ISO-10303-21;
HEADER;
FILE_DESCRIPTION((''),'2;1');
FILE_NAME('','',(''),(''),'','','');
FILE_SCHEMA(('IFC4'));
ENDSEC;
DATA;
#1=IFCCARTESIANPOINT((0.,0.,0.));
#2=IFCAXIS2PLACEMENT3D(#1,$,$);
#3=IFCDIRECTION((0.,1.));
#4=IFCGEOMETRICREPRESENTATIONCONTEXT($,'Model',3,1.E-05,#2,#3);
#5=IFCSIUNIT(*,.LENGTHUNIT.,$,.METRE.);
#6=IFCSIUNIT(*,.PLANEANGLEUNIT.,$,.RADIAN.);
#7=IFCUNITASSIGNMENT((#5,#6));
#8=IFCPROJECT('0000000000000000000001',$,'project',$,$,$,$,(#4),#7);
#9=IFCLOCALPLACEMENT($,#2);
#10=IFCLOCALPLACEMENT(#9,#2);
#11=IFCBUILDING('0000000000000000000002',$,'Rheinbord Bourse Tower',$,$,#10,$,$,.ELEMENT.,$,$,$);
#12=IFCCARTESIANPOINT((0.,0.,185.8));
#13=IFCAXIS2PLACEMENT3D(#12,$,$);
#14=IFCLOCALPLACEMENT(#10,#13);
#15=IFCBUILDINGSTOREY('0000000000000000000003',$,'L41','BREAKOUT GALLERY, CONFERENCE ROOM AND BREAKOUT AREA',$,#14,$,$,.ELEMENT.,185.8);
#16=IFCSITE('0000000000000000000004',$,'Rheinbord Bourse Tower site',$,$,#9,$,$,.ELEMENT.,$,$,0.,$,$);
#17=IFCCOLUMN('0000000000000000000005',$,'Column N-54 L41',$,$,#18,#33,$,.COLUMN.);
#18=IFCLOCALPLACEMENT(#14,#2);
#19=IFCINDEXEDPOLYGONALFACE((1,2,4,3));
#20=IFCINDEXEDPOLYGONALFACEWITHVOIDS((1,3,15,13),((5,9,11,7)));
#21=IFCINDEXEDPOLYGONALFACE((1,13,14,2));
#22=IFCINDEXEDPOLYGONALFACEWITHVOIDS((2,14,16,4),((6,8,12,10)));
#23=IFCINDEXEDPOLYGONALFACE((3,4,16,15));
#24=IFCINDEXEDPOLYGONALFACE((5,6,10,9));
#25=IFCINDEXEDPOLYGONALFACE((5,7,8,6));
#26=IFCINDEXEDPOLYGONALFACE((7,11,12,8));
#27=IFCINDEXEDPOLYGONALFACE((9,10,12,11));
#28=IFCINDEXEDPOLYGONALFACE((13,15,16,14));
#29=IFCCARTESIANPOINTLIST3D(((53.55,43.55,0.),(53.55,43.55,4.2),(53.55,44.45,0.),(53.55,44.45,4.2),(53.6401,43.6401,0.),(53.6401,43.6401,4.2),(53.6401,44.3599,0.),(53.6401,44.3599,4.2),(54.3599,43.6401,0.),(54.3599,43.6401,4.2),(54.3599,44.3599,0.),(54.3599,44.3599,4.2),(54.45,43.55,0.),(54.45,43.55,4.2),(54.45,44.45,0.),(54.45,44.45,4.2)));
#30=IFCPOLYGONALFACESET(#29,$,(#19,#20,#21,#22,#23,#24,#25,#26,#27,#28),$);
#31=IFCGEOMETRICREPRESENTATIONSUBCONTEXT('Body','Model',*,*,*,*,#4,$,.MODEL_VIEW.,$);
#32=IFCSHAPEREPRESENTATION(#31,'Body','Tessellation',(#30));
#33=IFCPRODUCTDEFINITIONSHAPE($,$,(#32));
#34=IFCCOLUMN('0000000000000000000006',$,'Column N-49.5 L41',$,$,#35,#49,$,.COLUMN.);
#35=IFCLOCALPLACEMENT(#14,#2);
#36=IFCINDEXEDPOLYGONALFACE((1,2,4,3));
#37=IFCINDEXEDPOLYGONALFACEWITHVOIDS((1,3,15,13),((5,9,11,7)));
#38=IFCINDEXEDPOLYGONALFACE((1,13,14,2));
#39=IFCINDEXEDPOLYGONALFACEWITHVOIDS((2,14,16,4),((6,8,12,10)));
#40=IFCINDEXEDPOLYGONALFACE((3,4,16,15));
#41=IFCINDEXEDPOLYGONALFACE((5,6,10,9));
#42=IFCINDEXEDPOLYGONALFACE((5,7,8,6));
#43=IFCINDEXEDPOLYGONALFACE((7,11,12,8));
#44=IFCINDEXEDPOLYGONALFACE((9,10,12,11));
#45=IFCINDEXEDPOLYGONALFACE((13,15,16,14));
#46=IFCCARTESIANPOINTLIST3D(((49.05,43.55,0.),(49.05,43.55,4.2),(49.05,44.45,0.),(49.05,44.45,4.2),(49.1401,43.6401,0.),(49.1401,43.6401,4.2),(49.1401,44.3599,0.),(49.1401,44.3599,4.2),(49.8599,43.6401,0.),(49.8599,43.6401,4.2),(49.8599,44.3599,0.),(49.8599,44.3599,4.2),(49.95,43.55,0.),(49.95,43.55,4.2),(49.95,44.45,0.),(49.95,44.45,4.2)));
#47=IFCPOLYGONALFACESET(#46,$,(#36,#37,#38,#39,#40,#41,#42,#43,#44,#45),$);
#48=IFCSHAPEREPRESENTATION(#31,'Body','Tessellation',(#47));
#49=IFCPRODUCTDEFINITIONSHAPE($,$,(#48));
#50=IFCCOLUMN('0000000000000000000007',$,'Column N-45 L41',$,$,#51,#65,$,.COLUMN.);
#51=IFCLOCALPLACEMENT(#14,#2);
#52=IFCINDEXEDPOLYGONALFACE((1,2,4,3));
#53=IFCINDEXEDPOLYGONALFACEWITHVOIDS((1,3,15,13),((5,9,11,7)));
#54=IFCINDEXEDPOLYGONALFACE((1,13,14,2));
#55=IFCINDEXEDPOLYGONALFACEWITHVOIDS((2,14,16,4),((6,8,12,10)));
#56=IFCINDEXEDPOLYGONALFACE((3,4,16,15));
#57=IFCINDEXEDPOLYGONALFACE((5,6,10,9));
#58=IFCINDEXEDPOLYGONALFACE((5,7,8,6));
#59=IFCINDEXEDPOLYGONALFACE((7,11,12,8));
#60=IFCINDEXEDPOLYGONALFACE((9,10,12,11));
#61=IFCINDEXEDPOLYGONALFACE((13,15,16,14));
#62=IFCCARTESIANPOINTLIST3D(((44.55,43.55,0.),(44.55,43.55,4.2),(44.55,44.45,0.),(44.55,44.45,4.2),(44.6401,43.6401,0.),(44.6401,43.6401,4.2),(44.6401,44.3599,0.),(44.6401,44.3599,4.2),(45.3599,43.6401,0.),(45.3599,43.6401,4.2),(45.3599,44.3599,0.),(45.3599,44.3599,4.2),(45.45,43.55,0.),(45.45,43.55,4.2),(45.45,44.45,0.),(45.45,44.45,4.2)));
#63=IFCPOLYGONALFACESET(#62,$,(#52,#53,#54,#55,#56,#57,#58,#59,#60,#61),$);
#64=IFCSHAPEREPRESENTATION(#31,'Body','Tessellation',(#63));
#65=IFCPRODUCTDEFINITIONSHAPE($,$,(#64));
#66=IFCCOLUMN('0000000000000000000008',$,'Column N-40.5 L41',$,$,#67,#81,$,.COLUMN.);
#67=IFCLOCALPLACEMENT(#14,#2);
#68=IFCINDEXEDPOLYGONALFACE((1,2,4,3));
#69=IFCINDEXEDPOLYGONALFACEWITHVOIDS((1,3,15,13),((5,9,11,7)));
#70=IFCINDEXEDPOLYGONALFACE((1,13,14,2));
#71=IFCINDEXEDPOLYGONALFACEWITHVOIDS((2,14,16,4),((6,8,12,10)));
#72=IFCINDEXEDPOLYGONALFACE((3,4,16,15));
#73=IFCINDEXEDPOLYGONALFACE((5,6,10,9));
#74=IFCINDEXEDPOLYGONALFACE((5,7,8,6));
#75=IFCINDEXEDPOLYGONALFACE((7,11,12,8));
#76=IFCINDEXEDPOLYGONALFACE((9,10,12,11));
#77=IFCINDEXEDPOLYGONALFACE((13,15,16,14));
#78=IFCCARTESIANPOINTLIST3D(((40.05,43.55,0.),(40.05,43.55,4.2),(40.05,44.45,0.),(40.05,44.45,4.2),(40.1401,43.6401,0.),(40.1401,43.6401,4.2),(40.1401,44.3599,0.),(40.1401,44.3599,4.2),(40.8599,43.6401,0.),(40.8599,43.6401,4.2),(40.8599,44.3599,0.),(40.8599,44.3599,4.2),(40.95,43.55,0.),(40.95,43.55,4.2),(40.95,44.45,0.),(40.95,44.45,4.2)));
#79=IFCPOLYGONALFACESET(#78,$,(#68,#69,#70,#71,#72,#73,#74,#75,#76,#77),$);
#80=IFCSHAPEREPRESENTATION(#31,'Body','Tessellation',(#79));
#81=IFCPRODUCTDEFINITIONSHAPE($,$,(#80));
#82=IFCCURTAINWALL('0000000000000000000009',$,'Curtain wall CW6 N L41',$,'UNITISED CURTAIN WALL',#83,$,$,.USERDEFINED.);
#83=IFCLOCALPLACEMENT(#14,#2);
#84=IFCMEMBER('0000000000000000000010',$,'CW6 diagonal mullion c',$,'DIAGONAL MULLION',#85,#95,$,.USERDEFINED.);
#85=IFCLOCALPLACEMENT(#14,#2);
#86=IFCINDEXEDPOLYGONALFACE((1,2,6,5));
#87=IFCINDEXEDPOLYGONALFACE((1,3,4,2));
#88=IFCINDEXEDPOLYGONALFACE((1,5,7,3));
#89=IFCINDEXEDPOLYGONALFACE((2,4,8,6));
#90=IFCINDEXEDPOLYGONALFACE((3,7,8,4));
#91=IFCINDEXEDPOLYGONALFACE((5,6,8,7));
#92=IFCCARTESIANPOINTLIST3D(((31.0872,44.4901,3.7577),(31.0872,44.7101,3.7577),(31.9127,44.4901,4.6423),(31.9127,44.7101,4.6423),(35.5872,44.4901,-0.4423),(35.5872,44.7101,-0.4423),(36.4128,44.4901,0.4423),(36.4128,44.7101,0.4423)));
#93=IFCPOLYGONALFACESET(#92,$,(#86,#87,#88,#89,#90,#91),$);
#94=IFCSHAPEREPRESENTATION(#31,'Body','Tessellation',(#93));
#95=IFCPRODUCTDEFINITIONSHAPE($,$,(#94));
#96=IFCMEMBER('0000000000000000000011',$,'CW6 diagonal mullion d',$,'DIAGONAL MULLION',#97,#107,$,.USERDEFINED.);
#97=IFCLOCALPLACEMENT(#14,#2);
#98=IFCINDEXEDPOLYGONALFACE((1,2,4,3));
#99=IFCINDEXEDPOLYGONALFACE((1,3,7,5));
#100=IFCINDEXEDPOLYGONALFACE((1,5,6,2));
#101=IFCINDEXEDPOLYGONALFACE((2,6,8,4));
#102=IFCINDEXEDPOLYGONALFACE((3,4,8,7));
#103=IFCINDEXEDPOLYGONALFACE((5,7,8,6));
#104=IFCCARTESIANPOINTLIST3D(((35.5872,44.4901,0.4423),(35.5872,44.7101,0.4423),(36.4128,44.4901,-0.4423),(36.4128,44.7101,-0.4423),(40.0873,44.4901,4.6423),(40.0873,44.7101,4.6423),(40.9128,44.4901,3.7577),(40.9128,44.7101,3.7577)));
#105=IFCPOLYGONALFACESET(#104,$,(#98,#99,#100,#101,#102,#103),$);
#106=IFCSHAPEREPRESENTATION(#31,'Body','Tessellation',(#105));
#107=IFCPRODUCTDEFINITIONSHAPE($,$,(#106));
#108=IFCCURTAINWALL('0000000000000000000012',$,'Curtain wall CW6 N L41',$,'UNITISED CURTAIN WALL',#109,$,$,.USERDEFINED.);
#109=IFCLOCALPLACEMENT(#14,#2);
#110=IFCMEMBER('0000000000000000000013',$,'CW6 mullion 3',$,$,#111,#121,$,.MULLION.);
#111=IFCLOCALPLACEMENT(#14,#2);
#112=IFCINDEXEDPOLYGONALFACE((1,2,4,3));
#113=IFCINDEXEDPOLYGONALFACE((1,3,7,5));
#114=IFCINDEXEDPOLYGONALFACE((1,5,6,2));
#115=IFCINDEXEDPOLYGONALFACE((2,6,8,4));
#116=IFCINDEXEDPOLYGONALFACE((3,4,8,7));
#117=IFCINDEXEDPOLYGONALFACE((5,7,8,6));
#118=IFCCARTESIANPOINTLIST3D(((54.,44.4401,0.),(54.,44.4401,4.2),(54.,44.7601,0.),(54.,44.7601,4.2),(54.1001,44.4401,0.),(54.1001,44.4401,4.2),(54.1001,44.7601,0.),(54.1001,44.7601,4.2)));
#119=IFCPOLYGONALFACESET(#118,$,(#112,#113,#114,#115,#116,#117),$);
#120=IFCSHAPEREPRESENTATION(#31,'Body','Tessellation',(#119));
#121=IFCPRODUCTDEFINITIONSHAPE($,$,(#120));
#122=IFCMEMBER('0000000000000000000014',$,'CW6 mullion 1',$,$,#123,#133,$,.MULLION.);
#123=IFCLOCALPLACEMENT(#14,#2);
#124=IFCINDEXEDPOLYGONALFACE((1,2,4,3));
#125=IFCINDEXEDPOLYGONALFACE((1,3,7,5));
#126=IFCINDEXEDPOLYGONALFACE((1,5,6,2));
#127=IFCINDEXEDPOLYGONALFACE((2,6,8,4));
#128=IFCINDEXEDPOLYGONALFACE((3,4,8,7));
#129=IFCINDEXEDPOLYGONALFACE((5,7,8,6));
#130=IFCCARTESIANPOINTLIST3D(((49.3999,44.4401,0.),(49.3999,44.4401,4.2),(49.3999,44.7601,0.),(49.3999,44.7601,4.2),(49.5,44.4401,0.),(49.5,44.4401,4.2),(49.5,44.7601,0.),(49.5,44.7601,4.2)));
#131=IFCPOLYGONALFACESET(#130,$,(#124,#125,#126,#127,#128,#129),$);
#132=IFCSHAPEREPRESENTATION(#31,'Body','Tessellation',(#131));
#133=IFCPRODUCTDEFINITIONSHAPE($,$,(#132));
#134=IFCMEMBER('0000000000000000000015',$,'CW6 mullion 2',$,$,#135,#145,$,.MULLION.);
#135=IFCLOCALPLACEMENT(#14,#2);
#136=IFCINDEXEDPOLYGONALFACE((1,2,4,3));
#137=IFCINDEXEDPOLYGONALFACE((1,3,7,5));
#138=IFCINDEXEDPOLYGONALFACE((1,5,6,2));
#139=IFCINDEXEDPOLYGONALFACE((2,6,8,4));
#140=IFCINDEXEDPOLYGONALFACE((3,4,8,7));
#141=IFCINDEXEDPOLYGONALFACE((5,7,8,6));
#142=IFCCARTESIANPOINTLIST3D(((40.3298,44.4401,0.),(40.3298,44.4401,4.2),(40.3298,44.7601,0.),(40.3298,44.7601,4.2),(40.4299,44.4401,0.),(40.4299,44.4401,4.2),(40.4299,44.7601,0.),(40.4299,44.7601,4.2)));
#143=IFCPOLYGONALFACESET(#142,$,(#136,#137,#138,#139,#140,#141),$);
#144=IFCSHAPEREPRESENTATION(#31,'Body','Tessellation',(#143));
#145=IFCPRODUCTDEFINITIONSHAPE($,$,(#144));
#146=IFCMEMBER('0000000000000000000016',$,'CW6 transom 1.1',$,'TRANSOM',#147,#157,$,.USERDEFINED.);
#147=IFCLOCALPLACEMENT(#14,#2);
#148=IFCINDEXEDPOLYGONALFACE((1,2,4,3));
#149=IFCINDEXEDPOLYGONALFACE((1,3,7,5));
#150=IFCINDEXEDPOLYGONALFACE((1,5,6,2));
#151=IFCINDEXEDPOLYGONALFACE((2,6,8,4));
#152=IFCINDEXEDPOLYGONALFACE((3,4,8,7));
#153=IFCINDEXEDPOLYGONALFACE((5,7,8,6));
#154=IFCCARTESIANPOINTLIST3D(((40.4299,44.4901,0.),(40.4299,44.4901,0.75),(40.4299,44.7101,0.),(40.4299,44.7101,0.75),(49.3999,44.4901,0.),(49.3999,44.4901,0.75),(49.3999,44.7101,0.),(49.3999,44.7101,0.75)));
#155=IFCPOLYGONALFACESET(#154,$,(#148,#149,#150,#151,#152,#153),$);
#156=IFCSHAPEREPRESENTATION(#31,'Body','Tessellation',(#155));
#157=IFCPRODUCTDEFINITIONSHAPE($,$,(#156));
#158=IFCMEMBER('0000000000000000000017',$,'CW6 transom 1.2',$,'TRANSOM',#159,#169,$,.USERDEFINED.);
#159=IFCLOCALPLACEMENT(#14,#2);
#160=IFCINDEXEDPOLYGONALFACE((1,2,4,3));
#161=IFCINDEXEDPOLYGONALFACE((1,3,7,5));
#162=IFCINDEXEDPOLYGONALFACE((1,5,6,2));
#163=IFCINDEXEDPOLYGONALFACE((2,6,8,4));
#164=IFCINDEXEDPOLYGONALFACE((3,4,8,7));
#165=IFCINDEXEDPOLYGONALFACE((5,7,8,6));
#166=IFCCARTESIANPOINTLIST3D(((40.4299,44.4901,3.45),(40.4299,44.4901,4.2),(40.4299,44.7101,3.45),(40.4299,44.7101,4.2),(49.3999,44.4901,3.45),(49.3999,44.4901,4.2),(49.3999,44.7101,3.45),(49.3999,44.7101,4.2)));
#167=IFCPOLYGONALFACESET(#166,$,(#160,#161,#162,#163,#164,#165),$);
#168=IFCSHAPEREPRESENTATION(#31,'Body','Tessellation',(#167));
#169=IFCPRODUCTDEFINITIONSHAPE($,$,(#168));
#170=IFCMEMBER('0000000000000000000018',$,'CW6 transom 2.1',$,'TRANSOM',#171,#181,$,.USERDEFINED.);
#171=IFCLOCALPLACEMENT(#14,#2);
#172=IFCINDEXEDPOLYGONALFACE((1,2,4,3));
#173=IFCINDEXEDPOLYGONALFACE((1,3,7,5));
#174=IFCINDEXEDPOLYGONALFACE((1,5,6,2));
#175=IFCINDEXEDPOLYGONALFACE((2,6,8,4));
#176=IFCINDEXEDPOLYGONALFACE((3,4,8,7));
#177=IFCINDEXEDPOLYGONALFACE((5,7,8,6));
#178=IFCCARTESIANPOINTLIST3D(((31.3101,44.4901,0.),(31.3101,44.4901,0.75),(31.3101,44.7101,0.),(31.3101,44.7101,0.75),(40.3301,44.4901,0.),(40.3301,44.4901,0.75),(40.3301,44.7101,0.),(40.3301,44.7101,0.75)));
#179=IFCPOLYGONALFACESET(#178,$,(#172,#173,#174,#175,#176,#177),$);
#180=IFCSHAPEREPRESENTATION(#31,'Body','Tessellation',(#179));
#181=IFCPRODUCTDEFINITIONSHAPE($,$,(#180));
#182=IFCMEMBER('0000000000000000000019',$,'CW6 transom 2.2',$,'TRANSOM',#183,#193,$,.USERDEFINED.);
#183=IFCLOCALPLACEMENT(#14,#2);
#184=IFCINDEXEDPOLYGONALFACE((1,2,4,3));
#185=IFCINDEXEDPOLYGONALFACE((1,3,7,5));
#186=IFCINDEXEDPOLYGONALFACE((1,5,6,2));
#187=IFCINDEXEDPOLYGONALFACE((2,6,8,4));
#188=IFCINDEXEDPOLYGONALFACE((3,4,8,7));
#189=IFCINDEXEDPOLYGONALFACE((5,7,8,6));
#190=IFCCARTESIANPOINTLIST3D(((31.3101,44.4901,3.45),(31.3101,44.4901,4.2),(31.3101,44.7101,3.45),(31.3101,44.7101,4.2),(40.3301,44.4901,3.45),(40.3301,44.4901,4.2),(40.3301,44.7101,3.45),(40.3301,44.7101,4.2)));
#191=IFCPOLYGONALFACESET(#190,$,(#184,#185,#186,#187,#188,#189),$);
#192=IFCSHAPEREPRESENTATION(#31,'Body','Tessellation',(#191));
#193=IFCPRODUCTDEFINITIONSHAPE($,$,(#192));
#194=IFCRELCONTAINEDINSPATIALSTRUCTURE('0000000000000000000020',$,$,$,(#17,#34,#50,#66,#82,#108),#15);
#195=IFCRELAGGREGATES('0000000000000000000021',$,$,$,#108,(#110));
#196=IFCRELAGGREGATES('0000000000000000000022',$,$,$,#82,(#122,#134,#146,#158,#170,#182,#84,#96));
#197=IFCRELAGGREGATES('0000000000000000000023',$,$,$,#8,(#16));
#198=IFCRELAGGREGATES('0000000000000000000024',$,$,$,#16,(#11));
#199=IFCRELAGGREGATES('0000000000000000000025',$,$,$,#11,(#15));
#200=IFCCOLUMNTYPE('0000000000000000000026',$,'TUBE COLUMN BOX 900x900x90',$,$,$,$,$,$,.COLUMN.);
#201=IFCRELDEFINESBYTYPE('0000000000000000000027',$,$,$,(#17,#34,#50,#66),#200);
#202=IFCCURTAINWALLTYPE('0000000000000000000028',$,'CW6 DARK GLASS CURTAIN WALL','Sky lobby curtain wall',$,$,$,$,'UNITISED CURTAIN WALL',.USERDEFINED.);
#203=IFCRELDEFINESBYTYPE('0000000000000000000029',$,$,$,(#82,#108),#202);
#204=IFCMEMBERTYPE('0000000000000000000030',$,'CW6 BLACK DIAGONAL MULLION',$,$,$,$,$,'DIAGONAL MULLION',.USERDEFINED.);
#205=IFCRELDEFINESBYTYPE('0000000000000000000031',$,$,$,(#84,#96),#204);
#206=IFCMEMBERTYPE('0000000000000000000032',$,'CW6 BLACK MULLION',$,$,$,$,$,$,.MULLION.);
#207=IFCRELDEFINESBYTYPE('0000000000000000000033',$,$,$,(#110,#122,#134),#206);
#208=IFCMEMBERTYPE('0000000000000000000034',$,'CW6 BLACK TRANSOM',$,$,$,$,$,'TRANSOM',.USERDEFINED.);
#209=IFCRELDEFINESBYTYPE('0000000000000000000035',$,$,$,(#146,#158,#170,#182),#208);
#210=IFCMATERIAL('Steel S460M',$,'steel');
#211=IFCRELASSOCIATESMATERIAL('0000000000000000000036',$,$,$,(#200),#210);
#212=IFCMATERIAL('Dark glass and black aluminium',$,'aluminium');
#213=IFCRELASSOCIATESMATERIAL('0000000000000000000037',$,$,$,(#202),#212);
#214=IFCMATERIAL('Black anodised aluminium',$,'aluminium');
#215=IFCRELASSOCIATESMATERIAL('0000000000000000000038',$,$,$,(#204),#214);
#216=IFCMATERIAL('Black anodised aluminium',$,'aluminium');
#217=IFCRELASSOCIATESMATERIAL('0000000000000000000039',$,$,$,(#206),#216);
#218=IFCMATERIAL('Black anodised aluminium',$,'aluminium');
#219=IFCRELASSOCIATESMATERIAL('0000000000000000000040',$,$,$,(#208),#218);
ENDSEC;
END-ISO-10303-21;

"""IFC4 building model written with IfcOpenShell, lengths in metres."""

from ifc_helpers import new_model, si_unit, direction, frame, origin, origin_2d, place, context, subcontext, project, spatial, rectangle, hollow_rectangle, extrude, material, material_profile, profile_set, type_object, element, aggregate, save


model = new_model("IFC4")

# Units and contexts
model_context = context("Model", 3, precision=1e-05, world=origin(), true_north=direction((0.0, 1.0)))
body_context = subcontext(model_context, "Body", "Model", "MODEL_VIEW")
ifc_project = project(units=[si_unit("LENGTHUNIT", "METRE"), si_unit("PLANEANGLEUNIT", "RADIAN")], contexts=[model_context])

# Site, building, storey
site_placement = place(None, origin())
site = spatial("IfcSite", under=ifc_project, at=site_placement, Name="Rheinbord Bourse Tower site", CompositionType="ELEMENT", RefElevation=0.0)
building_placement = place(site_placement, origin())
building = spatial("IfcBuilding", under=site, at=building_placement, Name="Rheinbord Bourse Tower", CompositionType="ELEMENT")
storey_placement = place(building_placement, frame((0.0, 0.0, 185.8)))
storey = spatial("IfcBuildingStorey", under=building, at=storey_placement, Name="L41", Description="BREAKOUT GALLERY, CONFERENCE ROOM AND BREAKOUT AREA", CompositionType="ELEMENT", Elevation=185.8)

# Columns
ifc_material_1 = material(Name="Steel S460M", Category="steel")
ifc_material_profile_1 = material_profile(ifc_material_1, hollow_rectangle(XDim=0.8999, YDim=0.8999, WallThickness=0.0901, at=origin_2d()), Name="BOX 900x900x90")
ifc_profile_set_1 = profile_set([ifc_material_profile_1], Name="Steel S460M")
column_type = type_object("IfcColumnType", Name="TUBE COLUMN BOX 900x900x90", PredefinedType="COLUMN", material=ifc_profile_set_1)
for number, where, z_axis, x_axis, name in (
    (1, (54.0, 44.0, 0.0), (0.0, 0.0, 1.0), (0.0, 1.0, 0.0), "Column N-54 L41"),
    (2, (49.5, 44.0, 0.0), (0.0, 0.0, 1.0), (0.0, 1.0, 0.0), "Column N-49.5 L41"),
    (3, (45.0, 44.0, 0.0), (0.0, 0.0, 1.0), (0.0, 1.0, 0.0), "Column N-45 L41"),
    (4, (40.5, 44.0, 0.0), (0.0, 0.0, 1.0), (0.0, 1.0, 0.0), "Column N-40.5 L41"),
):
    element("IfcColumn", number, at=place(storey_placement, frame(where, z_axis=z_axis, x_axis=x_axis)), inside=storey, type_object=column_type, Name=name, PredefinedType="COLUMN", context=body_context, shape_type="SweptSolid", body=[
        extrude(hollow_rectangle(XDim=0.8999, YDim=0.8999, WallThickness=0.0901, at=origin_2d()), origin(), (0.0, 0.0, 1.0), 4.2),
    ])

# Curtain wall, members
ifc_material_2 = material(Name="Dark glass and black aluminium", Category="aluminium")
curtain_wall_type = type_object("IfcCurtainWallType", Name="CW6 DARK GLASS CURTAIN WALL", Description="Sky lobby curtain wall", ElementType="UNITISED CURTAIN WALL", PredefinedType="USERDEFINED", material=ifc_material_2)
curtain_wall_1_placement = place(storey_placement, origin())
curtain_wall_1 = element("IfcCurtainWall", 5, at=curtain_wall_1_placement, inside=storey, type_object=curtain_wall_type, Name="Curtain wall CW6 N L41", ObjectType="UNITISED CURTAIN WALL", PredefinedType="USERDEFINED")
ifc_material_3 = material(Name="Black anodised aluminium", Category="aluminium")
ifc_material_profile_2 = material_profile(ifc_material_3, rectangle(XDim=0.22, YDim=1.21, at=origin_2d()), Name="CW6 DIAGONAL MULLION 1210x220")
ifc_profile_set_2 = profile_set([ifc_material_profile_2], Name="Black anodised aluminium")
member_type_1 = type_object("IfcMemberType", Name="CW6 BLACK DIAGONAL MULLION", ElementType="DIAGONAL MULLION", PredefinedType="USERDEFINED", material=ifc_profile_set_2)
member_1_placement = place(storey_placement, frame((36.0, 44.6001, 0.0), z_axis=(-0.731059, 0.0, 0.682314), x_axis=(0.0, -1.0, 0.0)))
member_1 = element("IfcMember", 6, at=member_1_placement, type_object=member_type_1, Name="CW6 diagonal mullion c", ObjectType="DIAGONAL MULLION", PredefinedType="USERDEFINED", context=body_context, shape_type="SweptSolid", body=[
    extrude(rectangle(XDim=0.22, YDim=1.21, at=origin_2d()), origin(), (0.0, 0.0, 1.0), 6.1555),
])
member_2_placement = place(storey_placement, frame((36.0, 44.6001, 0.0), z_axis=(0.731059, 0.0, 0.682314), x_axis=(0.0, 1.0, 0.0)))
member_2 = element("IfcMember", 7, at=member_2_placement, type_object=member_type_1, Name="CW6 diagonal mullion d", ObjectType="DIAGONAL MULLION", PredefinedType="USERDEFINED", context=body_context, shape_type="SweptSolid", body=[
    extrude(rectangle(XDim=0.22, YDim=1.21, at=origin_2d()), origin(), (0.0, 0.0, 1.0), 6.1555),
])

# Curtain wall, member
curtain_wall_2_placement = place(storey_placement, origin())
curtain_wall_2 = element("IfcCurtainWall", 8, at=curtain_wall_2_placement, inside=storey, type_object=curtain_wall_type, Name="Curtain wall CW6 N L41", ObjectType="UNITISED CURTAIN WALL", PredefinedType="USERDEFINED")
ifc_material_4 = material(Name="Black anodised aluminium", Category="aluminium")
ifc_material_profile_3 = material_profile(ifc_material_4, rectangle(XDim=0.3201, YDim=0.1001, at=origin_2d()), Name="CW6 MULLION 100x320")
ifc_profile_set_3 = profile_set([ifc_material_profile_3], Name="Black anodised aluminium")
member_type_2 = type_object("IfcMemberType", Name="CW6 BLACK MULLION", PredefinedType="MULLION", material=ifc_profile_set_3)
member_3_placement = place(storey_placement, frame((54.05, 44.6001, 0.0), z_axis=(0.0, 0.0, 1.0), x_axis=(0.0, -1.0, 0.0)))
member_3 = element("IfcMember", 9, at=member_3_placement, type_object=member_type_2, Name="CW6 mullion 3", PredefinedType="MULLION", context=body_context, shape_type="SweptSolid", body=[
    extrude(rectangle(XDim=0.3201, YDim=0.1001, at=origin_2d()), origin(), (0.0, 0.0, 1.0), 4.2),
])
aggregate(curtain_wall_2, [member_3])

# Members
member_4_placement = place(storey_placement, frame((49.45, 44.6001, 0.0), z_axis=(0.0, 0.0, 1.0), x_axis=(0.0, -1.0, 0.0)))
member_4 = element("IfcMember", 10, at=member_4_placement, type_object=member_type_2, Name="CW6 mullion 1", PredefinedType="MULLION", context=body_context, shape_type="SweptSolid", body=[
    extrude(rectangle(XDim=0.3201, YDim=0.1001, at=origin_2d()), origin(), (0.0, 0.0, 1.0), 4.2),
])
member_5_placement = place(storey_placement, frame((40.3799, 44.6001, 0.0), z_axis=(0.0, 0.0, 1.0), x_axis=(0.0, -1.0, 0.0)))
member_5 = element("IfcMember", 11, at=member_5_placement, type_object=member_type_2, Name="CW6 mullion 2", PredefinedType="MULLION", context=body_context, shape_type="SweptSolid", body=[
    extrude(rectangle(XDim=0.3201, YDim=0.1001, at=origin_2d()), origin(), (0.0, 0.0, 1.0), 4.2),
])
ifc_material_5 = material(Name="Black anodised aluminium", Category="aluminium")
ifc_material_profile_4 = material_profile(ifc_material_5, rectangle(XDim=0.22, YDim=0.75, at=origin_2d()), Name="CW6 TRANSOM 750x220")
ifc_profile_set_4 = profile_set([ifc_material_profile_4], Name="Black anodised aluminium")
member_type_3 = type_object("IfcMemberType", Name="CW6 BLACK TRANSOM", ElementType="TRANSOM", PredefinedType="USERDEFINED", material=ifc_profile_set_4)
member_6_placement = place(storey_placement, frame((49.3999, 44.6001, 0.375), z_axis=(-1.0, 0.0, 0.0), x_axis=(0.0, -1.0, 0.0)))
member_6 = element("IfcMember", 12, at=member_6_placement, type_object=member_type_3, Name="CW6 transom 1.1", ObjectType="TRANSOM", PredefinedType="USERDEFINED", context=body_context, shape_type="SweptSolid", body=[
    extrude(rectangle(XDim=0.22, YDim=0.75, at=origin_2d()), origin(), (0.0, 0.0, 1.0), 8.97),
])
member_7_placement = place(storey_placement, frame((49.3999, 44.6001, 3.825), z_axis=(-1.0, 0.0, 0.0), x_axis=(0.0, -1.0, 0.0)))
member_7 = element("IfcMember", 13, at=member_7_placement, type_object=member_type_3, Name="CW6 transom 1.2", ObjectType="TRANSOM", PredefinedType="USERDEFINED", context=body_context, shape_type="SweptSolid", body=[
    extrude(rectangle(XDim=0.22, YDim=0.75, at=origin_2d()), origin(), (0.0, 0.0, 1.0), 8.97),
])
member_8_placement = place(storey_placement, frame((40.3301, 44.6001, 0.375), z_axis=(-1.0, 0.0, 0.0), x_axis=(0.0, -1.0, 0.0)))
member_8 = element("IfcMember", 14, at=member_8_placement, type_object=member_type_3, Name="CW6 transom 2.1", ObjectType="TRANSOM", PredefinedType="USERDEFINED", context=body_context, shape_type="SweptSolid", body=[
    extrude(rectangle(XDim=0.22, YDim=0.75, at=origin_2d()), origin(), (0.0, 0.0, 1.0), 9.02),
])
member_9_placement = place(storey_placement, frame((40.3301, 44.6001, 3.825), z_axis=(-1.0, 0.0, 0.0), x_axis=(0.0, -1.0, 0.0)))
member_9 = element("IfcMember", 15, at=member_9_placement, type_object=member_type_3, Name="CW6 transom 2.2", ObjectType="TRANSOM", PredefinedType="USERDEFINED", context=body_context, shape_type="SweptSolid", body=[
    extrude(rectangle(XDim=0.22, YDim=0.75, at=origin_2d()), origin(), (0.0, 0.0, 1.0), 9.02),
])

aggregate(curtain_wall_1, [member_4, member_5, member_6, member_7, member_8, member_9, member_1, member_2])

save(model, "model.ifc")
